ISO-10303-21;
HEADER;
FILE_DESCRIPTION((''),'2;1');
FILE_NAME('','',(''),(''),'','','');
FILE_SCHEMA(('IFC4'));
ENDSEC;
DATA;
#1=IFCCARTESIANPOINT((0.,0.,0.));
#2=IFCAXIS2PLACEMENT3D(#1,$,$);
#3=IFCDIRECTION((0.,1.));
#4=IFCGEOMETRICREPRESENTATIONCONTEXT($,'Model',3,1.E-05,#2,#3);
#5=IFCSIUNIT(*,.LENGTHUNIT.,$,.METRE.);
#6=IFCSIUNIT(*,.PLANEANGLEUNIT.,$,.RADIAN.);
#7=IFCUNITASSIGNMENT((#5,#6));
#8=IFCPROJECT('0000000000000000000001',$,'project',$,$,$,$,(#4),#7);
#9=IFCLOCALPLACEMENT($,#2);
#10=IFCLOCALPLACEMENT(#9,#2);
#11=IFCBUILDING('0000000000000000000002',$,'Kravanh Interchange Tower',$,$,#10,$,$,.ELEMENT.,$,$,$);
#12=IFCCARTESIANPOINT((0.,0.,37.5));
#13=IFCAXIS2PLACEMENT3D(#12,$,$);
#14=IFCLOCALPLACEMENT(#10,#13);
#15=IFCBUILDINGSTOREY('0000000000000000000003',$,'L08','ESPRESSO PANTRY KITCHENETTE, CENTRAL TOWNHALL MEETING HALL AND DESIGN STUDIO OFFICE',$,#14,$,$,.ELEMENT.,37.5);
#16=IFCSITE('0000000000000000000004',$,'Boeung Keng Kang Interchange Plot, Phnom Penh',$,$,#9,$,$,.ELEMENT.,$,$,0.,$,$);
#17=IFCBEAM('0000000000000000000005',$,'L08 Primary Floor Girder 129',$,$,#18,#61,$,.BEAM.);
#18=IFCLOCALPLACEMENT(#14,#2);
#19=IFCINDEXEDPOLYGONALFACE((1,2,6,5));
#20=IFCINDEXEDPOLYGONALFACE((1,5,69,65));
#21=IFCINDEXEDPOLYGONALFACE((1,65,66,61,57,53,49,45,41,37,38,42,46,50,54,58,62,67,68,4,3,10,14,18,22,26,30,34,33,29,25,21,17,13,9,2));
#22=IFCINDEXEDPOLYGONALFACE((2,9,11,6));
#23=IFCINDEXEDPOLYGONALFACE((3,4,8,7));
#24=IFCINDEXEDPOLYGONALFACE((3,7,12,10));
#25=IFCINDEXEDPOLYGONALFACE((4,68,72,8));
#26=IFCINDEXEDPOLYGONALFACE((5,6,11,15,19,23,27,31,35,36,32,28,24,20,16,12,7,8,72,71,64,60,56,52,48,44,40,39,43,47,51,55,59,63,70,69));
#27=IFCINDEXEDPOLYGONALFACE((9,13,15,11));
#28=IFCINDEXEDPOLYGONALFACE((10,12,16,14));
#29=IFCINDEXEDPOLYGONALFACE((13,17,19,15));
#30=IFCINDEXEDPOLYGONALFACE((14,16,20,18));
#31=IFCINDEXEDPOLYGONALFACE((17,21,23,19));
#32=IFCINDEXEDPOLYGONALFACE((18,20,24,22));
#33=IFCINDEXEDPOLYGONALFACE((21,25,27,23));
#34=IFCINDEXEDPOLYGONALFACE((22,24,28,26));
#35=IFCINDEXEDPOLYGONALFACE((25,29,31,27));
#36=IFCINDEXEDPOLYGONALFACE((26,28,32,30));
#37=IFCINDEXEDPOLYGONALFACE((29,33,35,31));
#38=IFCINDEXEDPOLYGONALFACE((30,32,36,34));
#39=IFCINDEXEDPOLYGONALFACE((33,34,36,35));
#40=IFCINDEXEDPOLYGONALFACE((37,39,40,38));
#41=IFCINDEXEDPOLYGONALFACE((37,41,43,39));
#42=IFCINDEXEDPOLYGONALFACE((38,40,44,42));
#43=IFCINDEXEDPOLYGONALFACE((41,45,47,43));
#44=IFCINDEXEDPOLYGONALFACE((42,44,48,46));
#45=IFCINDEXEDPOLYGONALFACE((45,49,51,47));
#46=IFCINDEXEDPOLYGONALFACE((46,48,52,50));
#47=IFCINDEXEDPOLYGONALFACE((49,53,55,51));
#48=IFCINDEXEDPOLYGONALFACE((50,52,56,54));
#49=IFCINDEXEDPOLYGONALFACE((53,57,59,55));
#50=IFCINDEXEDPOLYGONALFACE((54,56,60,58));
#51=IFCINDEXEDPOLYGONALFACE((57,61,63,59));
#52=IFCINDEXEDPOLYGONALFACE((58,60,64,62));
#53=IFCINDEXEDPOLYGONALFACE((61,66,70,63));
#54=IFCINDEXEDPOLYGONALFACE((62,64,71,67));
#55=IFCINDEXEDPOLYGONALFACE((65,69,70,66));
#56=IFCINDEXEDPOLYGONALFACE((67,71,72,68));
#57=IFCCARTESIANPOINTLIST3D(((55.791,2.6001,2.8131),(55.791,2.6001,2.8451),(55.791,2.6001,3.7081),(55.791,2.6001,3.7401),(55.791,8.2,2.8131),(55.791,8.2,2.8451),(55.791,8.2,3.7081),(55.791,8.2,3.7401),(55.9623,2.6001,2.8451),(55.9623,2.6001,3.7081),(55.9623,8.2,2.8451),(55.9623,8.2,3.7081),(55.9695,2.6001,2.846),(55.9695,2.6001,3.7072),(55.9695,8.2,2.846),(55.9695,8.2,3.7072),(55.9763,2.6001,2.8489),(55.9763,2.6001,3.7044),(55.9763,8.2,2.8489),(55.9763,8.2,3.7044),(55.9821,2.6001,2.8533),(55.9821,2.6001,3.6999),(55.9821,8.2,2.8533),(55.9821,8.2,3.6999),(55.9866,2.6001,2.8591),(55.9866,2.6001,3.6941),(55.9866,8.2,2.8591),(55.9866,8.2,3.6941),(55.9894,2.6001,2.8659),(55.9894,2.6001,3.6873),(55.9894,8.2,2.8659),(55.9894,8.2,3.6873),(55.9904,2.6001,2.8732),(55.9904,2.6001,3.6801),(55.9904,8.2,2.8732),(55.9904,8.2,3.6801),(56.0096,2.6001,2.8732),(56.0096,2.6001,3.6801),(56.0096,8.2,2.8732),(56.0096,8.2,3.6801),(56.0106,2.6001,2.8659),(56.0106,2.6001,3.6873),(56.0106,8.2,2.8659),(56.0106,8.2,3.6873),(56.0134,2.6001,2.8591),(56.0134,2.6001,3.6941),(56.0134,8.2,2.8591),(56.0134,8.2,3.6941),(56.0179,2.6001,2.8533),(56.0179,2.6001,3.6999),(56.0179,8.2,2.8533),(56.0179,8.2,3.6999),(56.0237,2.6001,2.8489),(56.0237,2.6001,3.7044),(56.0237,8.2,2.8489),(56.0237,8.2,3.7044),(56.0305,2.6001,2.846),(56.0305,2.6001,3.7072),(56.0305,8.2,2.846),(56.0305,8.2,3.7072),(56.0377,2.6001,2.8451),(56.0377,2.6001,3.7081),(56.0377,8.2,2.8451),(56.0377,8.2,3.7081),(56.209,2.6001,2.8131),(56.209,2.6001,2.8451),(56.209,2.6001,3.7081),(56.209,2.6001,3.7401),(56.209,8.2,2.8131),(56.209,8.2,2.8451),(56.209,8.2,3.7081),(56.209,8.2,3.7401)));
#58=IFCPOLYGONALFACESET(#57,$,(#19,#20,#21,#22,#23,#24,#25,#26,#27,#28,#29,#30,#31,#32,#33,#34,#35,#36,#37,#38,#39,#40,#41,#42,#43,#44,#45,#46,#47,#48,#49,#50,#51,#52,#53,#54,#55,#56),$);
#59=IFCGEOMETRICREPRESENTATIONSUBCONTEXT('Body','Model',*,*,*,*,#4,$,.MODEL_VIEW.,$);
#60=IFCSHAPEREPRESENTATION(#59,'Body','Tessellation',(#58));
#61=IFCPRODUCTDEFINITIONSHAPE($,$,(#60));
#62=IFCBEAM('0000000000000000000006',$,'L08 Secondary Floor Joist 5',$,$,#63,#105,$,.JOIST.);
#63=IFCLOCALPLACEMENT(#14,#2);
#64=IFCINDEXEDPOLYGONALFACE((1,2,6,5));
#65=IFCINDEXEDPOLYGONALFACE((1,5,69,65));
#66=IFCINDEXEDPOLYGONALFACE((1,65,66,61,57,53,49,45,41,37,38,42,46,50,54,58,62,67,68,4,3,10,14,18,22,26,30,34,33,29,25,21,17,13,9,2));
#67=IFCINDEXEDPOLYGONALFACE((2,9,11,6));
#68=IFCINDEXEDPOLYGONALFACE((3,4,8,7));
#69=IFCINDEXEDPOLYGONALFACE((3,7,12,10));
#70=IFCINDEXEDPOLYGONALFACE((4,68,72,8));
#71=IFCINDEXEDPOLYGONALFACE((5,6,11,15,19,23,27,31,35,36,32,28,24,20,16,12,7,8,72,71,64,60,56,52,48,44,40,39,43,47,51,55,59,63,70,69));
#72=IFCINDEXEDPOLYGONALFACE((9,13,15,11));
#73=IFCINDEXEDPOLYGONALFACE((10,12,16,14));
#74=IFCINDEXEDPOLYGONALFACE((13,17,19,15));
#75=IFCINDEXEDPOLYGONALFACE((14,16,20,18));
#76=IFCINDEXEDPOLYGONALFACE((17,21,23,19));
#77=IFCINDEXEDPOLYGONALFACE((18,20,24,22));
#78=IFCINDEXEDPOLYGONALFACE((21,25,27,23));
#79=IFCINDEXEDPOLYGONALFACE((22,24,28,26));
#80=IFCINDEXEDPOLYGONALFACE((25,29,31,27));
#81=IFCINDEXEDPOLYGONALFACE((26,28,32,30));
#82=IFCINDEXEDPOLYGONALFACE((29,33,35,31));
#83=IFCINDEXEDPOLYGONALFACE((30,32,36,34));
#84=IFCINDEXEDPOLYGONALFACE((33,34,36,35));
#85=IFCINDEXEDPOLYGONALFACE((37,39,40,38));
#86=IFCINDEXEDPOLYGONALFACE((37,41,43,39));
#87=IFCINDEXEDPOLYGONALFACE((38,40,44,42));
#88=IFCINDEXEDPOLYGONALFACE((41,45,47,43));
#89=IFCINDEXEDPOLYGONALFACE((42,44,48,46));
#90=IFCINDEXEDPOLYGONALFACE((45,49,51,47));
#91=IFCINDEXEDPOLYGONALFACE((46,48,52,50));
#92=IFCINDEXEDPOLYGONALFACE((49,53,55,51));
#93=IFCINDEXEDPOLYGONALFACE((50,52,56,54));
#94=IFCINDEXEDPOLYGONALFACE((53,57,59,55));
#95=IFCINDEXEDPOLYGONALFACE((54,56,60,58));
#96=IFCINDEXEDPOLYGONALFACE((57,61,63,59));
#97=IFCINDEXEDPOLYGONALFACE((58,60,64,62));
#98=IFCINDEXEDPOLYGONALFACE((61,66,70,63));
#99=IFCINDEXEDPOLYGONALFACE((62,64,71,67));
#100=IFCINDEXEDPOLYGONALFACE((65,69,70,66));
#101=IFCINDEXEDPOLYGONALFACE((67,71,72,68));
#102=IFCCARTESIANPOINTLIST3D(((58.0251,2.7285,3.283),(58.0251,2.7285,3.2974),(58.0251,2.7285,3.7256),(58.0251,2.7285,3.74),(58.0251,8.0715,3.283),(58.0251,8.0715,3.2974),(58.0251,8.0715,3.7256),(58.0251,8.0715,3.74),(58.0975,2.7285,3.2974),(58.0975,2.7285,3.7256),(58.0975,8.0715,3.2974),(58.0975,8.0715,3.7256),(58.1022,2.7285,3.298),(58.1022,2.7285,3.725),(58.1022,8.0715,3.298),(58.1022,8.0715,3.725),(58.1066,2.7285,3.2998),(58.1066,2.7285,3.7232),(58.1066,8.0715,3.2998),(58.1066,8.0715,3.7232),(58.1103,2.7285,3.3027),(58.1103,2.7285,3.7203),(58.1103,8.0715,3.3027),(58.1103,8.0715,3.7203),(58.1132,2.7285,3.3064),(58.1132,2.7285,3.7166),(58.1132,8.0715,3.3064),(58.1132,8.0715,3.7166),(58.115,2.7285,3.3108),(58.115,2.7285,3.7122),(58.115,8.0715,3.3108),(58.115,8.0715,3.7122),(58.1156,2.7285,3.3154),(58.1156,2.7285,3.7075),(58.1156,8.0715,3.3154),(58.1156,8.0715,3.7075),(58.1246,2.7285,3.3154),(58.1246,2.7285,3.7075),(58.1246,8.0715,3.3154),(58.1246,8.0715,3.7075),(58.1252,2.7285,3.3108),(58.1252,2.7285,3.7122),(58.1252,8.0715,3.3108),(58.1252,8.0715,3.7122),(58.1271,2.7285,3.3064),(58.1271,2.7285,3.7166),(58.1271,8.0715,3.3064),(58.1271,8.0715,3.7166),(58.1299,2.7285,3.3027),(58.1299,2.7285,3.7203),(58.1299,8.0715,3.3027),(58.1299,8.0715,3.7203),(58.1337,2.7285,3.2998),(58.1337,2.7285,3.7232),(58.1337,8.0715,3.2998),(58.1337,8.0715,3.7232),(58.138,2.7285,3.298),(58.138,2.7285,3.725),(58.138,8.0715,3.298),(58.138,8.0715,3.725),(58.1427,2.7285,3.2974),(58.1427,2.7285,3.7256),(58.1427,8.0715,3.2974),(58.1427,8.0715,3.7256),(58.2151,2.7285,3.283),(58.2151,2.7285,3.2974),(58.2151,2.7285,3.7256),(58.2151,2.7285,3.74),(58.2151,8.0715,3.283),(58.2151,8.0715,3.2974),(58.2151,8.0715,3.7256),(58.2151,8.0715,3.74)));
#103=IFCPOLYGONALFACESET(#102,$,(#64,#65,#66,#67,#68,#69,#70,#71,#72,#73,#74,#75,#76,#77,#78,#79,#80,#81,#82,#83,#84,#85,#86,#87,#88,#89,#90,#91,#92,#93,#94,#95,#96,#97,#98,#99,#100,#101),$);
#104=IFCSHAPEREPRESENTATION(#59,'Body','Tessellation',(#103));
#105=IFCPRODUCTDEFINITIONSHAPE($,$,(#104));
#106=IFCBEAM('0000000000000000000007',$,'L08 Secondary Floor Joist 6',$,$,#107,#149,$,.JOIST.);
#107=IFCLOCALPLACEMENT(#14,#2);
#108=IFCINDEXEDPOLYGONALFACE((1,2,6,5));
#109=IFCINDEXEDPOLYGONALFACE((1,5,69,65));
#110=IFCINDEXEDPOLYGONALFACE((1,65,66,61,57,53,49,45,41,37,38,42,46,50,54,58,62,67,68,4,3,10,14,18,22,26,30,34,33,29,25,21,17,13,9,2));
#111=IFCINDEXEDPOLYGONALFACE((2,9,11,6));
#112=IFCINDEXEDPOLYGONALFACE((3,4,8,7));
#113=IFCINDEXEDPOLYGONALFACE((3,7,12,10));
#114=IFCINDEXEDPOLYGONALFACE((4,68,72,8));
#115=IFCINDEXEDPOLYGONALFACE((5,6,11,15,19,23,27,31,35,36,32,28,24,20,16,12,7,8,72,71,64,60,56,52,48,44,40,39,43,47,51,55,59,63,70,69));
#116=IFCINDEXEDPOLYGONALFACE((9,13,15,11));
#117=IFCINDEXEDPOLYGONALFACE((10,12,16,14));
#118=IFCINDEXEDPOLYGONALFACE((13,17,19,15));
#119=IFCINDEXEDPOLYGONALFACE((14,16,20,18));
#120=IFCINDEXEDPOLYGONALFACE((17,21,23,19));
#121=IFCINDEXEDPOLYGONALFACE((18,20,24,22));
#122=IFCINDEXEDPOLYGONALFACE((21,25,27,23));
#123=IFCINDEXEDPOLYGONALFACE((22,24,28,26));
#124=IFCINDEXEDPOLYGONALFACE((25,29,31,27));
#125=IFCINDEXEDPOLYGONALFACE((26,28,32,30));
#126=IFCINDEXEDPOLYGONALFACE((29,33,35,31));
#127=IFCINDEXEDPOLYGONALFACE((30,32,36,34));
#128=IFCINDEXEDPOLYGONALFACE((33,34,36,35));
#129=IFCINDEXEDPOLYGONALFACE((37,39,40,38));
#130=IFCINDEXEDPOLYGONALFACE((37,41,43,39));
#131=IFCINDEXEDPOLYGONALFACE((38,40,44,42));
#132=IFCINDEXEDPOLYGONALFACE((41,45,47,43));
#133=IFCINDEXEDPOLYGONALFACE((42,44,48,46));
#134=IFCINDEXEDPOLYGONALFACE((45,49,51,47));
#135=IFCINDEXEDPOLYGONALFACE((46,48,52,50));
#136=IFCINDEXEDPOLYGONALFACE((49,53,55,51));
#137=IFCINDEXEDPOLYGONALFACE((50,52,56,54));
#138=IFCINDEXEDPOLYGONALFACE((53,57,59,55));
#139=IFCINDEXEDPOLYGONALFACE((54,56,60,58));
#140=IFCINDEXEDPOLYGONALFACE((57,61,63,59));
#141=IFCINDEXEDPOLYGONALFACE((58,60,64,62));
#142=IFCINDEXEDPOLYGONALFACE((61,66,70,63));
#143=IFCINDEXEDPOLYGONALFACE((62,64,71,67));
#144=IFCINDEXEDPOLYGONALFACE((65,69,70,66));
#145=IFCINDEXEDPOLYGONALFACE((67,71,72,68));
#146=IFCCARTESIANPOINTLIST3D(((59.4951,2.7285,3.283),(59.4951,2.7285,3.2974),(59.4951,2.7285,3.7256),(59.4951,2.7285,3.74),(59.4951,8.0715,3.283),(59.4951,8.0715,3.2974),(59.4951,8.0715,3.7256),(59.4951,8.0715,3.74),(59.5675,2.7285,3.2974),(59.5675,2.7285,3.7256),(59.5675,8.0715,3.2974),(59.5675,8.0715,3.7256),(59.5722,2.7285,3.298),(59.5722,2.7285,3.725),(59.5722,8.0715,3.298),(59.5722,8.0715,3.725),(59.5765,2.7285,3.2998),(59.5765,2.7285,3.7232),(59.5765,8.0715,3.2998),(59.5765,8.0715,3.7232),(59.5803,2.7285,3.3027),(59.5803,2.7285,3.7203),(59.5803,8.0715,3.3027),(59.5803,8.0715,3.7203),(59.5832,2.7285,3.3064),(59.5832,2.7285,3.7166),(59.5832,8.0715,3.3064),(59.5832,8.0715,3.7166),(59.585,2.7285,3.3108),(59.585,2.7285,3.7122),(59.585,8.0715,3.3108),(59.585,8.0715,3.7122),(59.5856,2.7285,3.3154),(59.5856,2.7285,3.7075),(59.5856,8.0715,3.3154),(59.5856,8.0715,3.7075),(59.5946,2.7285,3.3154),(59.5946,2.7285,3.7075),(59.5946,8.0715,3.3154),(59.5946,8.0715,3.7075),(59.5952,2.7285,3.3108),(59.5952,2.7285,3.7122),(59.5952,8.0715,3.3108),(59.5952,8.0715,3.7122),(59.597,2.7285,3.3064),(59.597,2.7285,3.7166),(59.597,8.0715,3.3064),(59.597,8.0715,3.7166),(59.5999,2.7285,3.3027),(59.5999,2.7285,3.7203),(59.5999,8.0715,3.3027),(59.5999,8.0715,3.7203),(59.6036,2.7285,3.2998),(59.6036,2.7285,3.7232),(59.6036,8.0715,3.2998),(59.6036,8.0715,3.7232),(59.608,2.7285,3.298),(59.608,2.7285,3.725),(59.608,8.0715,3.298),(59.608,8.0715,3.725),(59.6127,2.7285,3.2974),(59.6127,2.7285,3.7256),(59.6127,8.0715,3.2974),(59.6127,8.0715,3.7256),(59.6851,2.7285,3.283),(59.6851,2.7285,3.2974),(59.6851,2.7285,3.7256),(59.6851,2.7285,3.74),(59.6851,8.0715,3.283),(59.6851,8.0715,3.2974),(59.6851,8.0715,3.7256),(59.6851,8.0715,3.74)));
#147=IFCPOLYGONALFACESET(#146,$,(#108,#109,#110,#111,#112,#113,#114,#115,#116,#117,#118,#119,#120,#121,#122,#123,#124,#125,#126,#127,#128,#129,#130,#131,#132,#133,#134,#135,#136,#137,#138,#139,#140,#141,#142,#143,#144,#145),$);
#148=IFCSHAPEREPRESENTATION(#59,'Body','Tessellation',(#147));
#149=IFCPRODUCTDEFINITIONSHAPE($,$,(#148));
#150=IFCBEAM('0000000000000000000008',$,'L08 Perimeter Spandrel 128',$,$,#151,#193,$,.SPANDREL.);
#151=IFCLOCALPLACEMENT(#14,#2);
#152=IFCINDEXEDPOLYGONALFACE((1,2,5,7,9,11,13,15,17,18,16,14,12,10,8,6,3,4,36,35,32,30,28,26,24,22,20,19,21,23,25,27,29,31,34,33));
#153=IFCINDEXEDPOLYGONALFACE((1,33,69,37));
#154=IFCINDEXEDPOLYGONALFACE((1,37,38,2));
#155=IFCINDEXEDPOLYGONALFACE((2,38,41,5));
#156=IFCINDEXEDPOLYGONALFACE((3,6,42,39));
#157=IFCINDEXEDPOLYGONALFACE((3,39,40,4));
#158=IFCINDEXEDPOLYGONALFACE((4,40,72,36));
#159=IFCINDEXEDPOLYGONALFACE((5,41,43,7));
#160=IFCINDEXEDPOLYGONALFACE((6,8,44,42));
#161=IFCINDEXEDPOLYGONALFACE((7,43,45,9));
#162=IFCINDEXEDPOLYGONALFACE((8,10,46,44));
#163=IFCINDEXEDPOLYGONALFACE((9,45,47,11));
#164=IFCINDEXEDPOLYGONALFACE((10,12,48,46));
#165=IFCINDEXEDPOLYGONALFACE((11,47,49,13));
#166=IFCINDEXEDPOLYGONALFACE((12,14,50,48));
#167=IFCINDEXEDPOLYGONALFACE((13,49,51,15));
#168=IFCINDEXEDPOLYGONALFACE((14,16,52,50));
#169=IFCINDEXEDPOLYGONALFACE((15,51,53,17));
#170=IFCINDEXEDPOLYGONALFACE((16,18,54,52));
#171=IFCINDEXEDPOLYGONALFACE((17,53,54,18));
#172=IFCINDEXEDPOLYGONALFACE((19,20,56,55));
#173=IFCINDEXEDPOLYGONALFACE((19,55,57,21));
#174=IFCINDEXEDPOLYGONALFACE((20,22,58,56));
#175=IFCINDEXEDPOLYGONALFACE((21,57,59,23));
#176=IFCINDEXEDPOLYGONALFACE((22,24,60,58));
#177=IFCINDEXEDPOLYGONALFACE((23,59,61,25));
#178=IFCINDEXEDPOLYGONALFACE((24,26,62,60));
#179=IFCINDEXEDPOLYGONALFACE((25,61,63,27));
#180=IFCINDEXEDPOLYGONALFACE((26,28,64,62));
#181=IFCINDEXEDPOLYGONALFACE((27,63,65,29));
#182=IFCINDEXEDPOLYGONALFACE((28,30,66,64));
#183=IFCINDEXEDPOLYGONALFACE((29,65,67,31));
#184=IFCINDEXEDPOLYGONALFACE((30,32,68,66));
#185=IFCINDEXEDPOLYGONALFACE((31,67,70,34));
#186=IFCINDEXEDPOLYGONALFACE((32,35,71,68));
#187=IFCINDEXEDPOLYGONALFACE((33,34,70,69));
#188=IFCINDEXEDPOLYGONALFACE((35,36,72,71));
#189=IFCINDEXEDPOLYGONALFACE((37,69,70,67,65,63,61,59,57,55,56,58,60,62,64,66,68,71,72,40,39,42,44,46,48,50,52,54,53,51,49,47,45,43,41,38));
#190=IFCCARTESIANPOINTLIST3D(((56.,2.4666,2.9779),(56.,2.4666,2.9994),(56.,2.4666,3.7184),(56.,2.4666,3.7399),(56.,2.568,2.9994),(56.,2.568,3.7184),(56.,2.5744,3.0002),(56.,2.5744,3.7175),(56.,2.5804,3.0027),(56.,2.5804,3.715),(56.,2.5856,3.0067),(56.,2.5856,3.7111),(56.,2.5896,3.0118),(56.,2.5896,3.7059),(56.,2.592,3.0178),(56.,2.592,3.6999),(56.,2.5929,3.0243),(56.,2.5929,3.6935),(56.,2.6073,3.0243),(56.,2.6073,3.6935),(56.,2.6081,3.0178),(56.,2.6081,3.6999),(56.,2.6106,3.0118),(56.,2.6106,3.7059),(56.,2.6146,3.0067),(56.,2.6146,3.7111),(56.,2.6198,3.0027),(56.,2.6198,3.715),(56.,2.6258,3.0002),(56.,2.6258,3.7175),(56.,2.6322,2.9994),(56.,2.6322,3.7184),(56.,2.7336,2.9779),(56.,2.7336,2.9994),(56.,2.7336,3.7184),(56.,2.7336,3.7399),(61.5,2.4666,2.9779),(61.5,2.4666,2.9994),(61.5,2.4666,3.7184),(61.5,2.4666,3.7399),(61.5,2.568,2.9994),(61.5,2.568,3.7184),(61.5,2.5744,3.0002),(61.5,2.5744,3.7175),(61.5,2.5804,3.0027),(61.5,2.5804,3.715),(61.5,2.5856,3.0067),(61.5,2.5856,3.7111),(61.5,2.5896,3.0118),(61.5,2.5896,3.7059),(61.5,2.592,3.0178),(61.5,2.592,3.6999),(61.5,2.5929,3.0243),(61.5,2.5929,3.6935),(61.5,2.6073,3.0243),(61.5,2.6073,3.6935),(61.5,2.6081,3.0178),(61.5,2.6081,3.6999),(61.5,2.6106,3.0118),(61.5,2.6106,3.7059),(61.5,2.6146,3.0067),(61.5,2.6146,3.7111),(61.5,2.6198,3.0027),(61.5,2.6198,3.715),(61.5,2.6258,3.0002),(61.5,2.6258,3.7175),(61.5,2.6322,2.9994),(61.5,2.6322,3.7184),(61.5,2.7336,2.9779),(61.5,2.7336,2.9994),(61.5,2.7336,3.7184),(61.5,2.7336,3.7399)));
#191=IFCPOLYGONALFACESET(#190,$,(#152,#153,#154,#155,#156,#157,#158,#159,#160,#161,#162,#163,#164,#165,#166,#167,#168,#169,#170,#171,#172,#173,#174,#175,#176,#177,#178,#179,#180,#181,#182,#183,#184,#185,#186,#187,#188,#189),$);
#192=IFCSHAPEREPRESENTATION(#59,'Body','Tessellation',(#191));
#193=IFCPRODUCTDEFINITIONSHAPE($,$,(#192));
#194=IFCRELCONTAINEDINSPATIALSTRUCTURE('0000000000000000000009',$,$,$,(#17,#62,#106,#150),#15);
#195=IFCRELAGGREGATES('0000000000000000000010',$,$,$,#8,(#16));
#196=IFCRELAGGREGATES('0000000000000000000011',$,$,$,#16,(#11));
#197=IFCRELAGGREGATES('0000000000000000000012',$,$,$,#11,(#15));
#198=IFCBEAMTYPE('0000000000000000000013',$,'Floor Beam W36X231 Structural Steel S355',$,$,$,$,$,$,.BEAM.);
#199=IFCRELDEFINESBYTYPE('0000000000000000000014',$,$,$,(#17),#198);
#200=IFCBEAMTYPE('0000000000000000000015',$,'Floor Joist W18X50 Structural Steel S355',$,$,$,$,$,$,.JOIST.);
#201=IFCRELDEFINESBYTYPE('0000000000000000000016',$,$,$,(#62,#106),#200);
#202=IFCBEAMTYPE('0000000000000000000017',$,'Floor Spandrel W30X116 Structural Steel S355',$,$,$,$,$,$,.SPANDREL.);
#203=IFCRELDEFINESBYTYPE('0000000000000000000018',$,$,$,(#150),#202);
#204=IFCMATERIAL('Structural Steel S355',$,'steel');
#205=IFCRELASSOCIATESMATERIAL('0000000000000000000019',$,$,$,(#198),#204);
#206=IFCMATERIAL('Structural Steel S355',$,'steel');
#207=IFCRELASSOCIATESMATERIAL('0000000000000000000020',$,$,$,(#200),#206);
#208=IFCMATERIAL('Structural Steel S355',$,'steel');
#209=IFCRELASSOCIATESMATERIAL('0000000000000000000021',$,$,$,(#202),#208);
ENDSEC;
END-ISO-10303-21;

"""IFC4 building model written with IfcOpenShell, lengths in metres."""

from ifc_helpers import new_model, si_unit, direction, frame, origin, origin_2d, place, context, subcontext, project, spatial, i_section, extrude, material, material_profile, profile_set, type_object, element, save


model = new_model("IFC4")

# Units and contexts
model_context = context("Model", 3, precision=1e-05, world=origin(), true_north=direction((0.0, 1.0)))
body_context = subcontext(model_context, "Body", "Model", "MODEL_VIEW")
ifc_project = project(units=[si_unit("LENGTHUNIT", "METRE"), si_unit("PLANEANGLEUNIT", "RADIAN")], contexts=[model_context])

# Site, building, storey
site_placement = place(None, origin())
site = spatial("IfcSite", under=ifc_project, at=site_placement, Name="Boeung Keng Kang Interchange Plot, Phnom Penh", CompositionType="ELEMENT", RefElevation=0.0)
building_placement = place(site_placement, origin())
building = spatial("IfcBuilding", under=site, at=building_placement, Name="Kravanh Interchange Tower", CompositionType="ELEMENT")
storey_placement = place(building_placement, frame((0.0, 0.0, 37.5)))
storey = spatial("IfcBuildingStorey", under=building, at=storey_placement, Name="L08", Description="ESPRESSO PANTRY KITCHENETTE, CENTRAL TOWNHALL MEETING HALL AND DESIGN STUDIO OFFICE", CompositionType="ELEMENT", Elevation=37.5)

# Beams
ifc_material_1 = material(Name="Structural Steel S355", Category="steel")
ifc_material_profile_1 = material_profile(ifc_material_1, i_section(OverallWidth=0.418, OverallDepth=0.927, WebThickness=0.0193, FlangeThickness=0.032, FilletRadius=0.0281, at=origin_2d()), Name="W36X231")
ifc_profile_set_1 = profile_set([ifc_material_profile_1], Name="Structural Steel S355")
beam_type_1 = type_object("IfcBeamType", Name="Floor Beam W36X231 Structural Steel S355", PredefinedType="BEAM", material=ifc_profile_set_1)
beam_1_placement = place(storey_placement, frame((56.0, 2.6001, 3.2766), z_axis=(0.0, 1.0, 0.0), x_axis=(-1.0, 0.0, 0.0)))
element("IfcBeam", 1, at=beam_1_placement, inside=storey, type_object=beam_type_1, Name="L08 Primary Floor Girder 129", PredefinedType="BEAM", context=body_context, shape_type="SweptSolid", body=[
    extrude(i_section(OverallWidth=0.418, OverallDepth=0.927, WebThickness=0.0193, FlangeThickness=0.032, FilletRadius=0.0281, at=origin_2d()), origin(), (0.0, 0.0, 1.0), 5.5999),
])
ifc_material_2 = material(Name="Structural Steel S355", Category="steel")
ifc_material_profile_2 = material_profile(ifc_material_2, i_section(OverallWidth=0.1899, OverallDepth=0.457, WebThickness=0.009, FlangeThickness=0.0144, FilletRadius=0.0181, at=origin_2d()), Name="W18X50")
ifc_profile_set_2 = profile_set([ifc_material_profile_2], Name="Structural Steel S355")
beam_type_2 = type_object("IfcBeamType", Name="Floor Joist W18X50 Structural Steel S355", PredefinedType="JOIST", material=ifc_profile_set_2)
for number, where, z_axis, x_axis, name in (
    (2, (58.1201, 2.7285, 3.5115), (0.0, 1.0, 0.0), (-1.0, 0.0, 0.0), "L08 Secondary Floor Joist 5"),
    (3, (59.5901, 2.7285, 3.5115), (0.0, 1.0, 0.0), (-1.0, 0.0, 0.0), "L08 Secondary Floor Joist 6"),
):
    element("IfcBeam", number, at=place(storey_placement, frame(where, z_axis=z_axis, x_axis=x_axis)), inside=storey, type_object=beam_type_2, Name=name, PredefinedType="JOIST", context=body_context, shape_type="SweptSolid", body=[
        extrude(i_section(OverallWidth=0.1899, OverallDepth=0.457, WebThickness=0.009, FlangeThickness=0.0144, FilletRadius=0.0181, at=origin_2d()), origin(), (0.0, 0.0, 1.0), 5.343),
    ])
ifc_material_3 = material(Name="Structural Steel S355", Category="steel")
ifc_material_profile_3 = material_profile(ifc_material_3, i_section(OverallWidth=0.2671, OverallDepth=0.762, WebThickness=0.0144, FlangeThickness=0.0215, FilletRadius=0.0249, at=origin_2d()), Name="W30X116")
ifc_profile_set_3 = profile_set([ifc_material_profile_3], Name="Structural Steel S355")
beam_type_3 = type_object("IfcBeamType", Name="Floor Spandrel W30X116 Structural Steel S355", PredefinedType="SPANDREL", material=ifc_profile_set_3)
beam_2_placement = place(storey_placement, frame((56.0, 2.6001, 3.3589), z_axis=(1.0, 0.0, 0.0), x_axis=(0.0, 1.0, 0.0)))
element("IfcBeam", 4, at=beam_2_placement, inside=storey, type_object=beam_type_3, Name="L08 Perimeter Spandrel 128", PredefinedType="SPANDREL", context=body_context, shape_type="SweptSolid", body=[
    extrude(i_section(OverallWidth=0.2671, OverallDepth=0.762, WebThickness=0.0144, FlangeThickness=0.0215, FilletRadius=0.0249, at=origin_2d()), origin(), (0.0, 0.0, 1.0), 5.5),
])

save(model, "model.ifc")
